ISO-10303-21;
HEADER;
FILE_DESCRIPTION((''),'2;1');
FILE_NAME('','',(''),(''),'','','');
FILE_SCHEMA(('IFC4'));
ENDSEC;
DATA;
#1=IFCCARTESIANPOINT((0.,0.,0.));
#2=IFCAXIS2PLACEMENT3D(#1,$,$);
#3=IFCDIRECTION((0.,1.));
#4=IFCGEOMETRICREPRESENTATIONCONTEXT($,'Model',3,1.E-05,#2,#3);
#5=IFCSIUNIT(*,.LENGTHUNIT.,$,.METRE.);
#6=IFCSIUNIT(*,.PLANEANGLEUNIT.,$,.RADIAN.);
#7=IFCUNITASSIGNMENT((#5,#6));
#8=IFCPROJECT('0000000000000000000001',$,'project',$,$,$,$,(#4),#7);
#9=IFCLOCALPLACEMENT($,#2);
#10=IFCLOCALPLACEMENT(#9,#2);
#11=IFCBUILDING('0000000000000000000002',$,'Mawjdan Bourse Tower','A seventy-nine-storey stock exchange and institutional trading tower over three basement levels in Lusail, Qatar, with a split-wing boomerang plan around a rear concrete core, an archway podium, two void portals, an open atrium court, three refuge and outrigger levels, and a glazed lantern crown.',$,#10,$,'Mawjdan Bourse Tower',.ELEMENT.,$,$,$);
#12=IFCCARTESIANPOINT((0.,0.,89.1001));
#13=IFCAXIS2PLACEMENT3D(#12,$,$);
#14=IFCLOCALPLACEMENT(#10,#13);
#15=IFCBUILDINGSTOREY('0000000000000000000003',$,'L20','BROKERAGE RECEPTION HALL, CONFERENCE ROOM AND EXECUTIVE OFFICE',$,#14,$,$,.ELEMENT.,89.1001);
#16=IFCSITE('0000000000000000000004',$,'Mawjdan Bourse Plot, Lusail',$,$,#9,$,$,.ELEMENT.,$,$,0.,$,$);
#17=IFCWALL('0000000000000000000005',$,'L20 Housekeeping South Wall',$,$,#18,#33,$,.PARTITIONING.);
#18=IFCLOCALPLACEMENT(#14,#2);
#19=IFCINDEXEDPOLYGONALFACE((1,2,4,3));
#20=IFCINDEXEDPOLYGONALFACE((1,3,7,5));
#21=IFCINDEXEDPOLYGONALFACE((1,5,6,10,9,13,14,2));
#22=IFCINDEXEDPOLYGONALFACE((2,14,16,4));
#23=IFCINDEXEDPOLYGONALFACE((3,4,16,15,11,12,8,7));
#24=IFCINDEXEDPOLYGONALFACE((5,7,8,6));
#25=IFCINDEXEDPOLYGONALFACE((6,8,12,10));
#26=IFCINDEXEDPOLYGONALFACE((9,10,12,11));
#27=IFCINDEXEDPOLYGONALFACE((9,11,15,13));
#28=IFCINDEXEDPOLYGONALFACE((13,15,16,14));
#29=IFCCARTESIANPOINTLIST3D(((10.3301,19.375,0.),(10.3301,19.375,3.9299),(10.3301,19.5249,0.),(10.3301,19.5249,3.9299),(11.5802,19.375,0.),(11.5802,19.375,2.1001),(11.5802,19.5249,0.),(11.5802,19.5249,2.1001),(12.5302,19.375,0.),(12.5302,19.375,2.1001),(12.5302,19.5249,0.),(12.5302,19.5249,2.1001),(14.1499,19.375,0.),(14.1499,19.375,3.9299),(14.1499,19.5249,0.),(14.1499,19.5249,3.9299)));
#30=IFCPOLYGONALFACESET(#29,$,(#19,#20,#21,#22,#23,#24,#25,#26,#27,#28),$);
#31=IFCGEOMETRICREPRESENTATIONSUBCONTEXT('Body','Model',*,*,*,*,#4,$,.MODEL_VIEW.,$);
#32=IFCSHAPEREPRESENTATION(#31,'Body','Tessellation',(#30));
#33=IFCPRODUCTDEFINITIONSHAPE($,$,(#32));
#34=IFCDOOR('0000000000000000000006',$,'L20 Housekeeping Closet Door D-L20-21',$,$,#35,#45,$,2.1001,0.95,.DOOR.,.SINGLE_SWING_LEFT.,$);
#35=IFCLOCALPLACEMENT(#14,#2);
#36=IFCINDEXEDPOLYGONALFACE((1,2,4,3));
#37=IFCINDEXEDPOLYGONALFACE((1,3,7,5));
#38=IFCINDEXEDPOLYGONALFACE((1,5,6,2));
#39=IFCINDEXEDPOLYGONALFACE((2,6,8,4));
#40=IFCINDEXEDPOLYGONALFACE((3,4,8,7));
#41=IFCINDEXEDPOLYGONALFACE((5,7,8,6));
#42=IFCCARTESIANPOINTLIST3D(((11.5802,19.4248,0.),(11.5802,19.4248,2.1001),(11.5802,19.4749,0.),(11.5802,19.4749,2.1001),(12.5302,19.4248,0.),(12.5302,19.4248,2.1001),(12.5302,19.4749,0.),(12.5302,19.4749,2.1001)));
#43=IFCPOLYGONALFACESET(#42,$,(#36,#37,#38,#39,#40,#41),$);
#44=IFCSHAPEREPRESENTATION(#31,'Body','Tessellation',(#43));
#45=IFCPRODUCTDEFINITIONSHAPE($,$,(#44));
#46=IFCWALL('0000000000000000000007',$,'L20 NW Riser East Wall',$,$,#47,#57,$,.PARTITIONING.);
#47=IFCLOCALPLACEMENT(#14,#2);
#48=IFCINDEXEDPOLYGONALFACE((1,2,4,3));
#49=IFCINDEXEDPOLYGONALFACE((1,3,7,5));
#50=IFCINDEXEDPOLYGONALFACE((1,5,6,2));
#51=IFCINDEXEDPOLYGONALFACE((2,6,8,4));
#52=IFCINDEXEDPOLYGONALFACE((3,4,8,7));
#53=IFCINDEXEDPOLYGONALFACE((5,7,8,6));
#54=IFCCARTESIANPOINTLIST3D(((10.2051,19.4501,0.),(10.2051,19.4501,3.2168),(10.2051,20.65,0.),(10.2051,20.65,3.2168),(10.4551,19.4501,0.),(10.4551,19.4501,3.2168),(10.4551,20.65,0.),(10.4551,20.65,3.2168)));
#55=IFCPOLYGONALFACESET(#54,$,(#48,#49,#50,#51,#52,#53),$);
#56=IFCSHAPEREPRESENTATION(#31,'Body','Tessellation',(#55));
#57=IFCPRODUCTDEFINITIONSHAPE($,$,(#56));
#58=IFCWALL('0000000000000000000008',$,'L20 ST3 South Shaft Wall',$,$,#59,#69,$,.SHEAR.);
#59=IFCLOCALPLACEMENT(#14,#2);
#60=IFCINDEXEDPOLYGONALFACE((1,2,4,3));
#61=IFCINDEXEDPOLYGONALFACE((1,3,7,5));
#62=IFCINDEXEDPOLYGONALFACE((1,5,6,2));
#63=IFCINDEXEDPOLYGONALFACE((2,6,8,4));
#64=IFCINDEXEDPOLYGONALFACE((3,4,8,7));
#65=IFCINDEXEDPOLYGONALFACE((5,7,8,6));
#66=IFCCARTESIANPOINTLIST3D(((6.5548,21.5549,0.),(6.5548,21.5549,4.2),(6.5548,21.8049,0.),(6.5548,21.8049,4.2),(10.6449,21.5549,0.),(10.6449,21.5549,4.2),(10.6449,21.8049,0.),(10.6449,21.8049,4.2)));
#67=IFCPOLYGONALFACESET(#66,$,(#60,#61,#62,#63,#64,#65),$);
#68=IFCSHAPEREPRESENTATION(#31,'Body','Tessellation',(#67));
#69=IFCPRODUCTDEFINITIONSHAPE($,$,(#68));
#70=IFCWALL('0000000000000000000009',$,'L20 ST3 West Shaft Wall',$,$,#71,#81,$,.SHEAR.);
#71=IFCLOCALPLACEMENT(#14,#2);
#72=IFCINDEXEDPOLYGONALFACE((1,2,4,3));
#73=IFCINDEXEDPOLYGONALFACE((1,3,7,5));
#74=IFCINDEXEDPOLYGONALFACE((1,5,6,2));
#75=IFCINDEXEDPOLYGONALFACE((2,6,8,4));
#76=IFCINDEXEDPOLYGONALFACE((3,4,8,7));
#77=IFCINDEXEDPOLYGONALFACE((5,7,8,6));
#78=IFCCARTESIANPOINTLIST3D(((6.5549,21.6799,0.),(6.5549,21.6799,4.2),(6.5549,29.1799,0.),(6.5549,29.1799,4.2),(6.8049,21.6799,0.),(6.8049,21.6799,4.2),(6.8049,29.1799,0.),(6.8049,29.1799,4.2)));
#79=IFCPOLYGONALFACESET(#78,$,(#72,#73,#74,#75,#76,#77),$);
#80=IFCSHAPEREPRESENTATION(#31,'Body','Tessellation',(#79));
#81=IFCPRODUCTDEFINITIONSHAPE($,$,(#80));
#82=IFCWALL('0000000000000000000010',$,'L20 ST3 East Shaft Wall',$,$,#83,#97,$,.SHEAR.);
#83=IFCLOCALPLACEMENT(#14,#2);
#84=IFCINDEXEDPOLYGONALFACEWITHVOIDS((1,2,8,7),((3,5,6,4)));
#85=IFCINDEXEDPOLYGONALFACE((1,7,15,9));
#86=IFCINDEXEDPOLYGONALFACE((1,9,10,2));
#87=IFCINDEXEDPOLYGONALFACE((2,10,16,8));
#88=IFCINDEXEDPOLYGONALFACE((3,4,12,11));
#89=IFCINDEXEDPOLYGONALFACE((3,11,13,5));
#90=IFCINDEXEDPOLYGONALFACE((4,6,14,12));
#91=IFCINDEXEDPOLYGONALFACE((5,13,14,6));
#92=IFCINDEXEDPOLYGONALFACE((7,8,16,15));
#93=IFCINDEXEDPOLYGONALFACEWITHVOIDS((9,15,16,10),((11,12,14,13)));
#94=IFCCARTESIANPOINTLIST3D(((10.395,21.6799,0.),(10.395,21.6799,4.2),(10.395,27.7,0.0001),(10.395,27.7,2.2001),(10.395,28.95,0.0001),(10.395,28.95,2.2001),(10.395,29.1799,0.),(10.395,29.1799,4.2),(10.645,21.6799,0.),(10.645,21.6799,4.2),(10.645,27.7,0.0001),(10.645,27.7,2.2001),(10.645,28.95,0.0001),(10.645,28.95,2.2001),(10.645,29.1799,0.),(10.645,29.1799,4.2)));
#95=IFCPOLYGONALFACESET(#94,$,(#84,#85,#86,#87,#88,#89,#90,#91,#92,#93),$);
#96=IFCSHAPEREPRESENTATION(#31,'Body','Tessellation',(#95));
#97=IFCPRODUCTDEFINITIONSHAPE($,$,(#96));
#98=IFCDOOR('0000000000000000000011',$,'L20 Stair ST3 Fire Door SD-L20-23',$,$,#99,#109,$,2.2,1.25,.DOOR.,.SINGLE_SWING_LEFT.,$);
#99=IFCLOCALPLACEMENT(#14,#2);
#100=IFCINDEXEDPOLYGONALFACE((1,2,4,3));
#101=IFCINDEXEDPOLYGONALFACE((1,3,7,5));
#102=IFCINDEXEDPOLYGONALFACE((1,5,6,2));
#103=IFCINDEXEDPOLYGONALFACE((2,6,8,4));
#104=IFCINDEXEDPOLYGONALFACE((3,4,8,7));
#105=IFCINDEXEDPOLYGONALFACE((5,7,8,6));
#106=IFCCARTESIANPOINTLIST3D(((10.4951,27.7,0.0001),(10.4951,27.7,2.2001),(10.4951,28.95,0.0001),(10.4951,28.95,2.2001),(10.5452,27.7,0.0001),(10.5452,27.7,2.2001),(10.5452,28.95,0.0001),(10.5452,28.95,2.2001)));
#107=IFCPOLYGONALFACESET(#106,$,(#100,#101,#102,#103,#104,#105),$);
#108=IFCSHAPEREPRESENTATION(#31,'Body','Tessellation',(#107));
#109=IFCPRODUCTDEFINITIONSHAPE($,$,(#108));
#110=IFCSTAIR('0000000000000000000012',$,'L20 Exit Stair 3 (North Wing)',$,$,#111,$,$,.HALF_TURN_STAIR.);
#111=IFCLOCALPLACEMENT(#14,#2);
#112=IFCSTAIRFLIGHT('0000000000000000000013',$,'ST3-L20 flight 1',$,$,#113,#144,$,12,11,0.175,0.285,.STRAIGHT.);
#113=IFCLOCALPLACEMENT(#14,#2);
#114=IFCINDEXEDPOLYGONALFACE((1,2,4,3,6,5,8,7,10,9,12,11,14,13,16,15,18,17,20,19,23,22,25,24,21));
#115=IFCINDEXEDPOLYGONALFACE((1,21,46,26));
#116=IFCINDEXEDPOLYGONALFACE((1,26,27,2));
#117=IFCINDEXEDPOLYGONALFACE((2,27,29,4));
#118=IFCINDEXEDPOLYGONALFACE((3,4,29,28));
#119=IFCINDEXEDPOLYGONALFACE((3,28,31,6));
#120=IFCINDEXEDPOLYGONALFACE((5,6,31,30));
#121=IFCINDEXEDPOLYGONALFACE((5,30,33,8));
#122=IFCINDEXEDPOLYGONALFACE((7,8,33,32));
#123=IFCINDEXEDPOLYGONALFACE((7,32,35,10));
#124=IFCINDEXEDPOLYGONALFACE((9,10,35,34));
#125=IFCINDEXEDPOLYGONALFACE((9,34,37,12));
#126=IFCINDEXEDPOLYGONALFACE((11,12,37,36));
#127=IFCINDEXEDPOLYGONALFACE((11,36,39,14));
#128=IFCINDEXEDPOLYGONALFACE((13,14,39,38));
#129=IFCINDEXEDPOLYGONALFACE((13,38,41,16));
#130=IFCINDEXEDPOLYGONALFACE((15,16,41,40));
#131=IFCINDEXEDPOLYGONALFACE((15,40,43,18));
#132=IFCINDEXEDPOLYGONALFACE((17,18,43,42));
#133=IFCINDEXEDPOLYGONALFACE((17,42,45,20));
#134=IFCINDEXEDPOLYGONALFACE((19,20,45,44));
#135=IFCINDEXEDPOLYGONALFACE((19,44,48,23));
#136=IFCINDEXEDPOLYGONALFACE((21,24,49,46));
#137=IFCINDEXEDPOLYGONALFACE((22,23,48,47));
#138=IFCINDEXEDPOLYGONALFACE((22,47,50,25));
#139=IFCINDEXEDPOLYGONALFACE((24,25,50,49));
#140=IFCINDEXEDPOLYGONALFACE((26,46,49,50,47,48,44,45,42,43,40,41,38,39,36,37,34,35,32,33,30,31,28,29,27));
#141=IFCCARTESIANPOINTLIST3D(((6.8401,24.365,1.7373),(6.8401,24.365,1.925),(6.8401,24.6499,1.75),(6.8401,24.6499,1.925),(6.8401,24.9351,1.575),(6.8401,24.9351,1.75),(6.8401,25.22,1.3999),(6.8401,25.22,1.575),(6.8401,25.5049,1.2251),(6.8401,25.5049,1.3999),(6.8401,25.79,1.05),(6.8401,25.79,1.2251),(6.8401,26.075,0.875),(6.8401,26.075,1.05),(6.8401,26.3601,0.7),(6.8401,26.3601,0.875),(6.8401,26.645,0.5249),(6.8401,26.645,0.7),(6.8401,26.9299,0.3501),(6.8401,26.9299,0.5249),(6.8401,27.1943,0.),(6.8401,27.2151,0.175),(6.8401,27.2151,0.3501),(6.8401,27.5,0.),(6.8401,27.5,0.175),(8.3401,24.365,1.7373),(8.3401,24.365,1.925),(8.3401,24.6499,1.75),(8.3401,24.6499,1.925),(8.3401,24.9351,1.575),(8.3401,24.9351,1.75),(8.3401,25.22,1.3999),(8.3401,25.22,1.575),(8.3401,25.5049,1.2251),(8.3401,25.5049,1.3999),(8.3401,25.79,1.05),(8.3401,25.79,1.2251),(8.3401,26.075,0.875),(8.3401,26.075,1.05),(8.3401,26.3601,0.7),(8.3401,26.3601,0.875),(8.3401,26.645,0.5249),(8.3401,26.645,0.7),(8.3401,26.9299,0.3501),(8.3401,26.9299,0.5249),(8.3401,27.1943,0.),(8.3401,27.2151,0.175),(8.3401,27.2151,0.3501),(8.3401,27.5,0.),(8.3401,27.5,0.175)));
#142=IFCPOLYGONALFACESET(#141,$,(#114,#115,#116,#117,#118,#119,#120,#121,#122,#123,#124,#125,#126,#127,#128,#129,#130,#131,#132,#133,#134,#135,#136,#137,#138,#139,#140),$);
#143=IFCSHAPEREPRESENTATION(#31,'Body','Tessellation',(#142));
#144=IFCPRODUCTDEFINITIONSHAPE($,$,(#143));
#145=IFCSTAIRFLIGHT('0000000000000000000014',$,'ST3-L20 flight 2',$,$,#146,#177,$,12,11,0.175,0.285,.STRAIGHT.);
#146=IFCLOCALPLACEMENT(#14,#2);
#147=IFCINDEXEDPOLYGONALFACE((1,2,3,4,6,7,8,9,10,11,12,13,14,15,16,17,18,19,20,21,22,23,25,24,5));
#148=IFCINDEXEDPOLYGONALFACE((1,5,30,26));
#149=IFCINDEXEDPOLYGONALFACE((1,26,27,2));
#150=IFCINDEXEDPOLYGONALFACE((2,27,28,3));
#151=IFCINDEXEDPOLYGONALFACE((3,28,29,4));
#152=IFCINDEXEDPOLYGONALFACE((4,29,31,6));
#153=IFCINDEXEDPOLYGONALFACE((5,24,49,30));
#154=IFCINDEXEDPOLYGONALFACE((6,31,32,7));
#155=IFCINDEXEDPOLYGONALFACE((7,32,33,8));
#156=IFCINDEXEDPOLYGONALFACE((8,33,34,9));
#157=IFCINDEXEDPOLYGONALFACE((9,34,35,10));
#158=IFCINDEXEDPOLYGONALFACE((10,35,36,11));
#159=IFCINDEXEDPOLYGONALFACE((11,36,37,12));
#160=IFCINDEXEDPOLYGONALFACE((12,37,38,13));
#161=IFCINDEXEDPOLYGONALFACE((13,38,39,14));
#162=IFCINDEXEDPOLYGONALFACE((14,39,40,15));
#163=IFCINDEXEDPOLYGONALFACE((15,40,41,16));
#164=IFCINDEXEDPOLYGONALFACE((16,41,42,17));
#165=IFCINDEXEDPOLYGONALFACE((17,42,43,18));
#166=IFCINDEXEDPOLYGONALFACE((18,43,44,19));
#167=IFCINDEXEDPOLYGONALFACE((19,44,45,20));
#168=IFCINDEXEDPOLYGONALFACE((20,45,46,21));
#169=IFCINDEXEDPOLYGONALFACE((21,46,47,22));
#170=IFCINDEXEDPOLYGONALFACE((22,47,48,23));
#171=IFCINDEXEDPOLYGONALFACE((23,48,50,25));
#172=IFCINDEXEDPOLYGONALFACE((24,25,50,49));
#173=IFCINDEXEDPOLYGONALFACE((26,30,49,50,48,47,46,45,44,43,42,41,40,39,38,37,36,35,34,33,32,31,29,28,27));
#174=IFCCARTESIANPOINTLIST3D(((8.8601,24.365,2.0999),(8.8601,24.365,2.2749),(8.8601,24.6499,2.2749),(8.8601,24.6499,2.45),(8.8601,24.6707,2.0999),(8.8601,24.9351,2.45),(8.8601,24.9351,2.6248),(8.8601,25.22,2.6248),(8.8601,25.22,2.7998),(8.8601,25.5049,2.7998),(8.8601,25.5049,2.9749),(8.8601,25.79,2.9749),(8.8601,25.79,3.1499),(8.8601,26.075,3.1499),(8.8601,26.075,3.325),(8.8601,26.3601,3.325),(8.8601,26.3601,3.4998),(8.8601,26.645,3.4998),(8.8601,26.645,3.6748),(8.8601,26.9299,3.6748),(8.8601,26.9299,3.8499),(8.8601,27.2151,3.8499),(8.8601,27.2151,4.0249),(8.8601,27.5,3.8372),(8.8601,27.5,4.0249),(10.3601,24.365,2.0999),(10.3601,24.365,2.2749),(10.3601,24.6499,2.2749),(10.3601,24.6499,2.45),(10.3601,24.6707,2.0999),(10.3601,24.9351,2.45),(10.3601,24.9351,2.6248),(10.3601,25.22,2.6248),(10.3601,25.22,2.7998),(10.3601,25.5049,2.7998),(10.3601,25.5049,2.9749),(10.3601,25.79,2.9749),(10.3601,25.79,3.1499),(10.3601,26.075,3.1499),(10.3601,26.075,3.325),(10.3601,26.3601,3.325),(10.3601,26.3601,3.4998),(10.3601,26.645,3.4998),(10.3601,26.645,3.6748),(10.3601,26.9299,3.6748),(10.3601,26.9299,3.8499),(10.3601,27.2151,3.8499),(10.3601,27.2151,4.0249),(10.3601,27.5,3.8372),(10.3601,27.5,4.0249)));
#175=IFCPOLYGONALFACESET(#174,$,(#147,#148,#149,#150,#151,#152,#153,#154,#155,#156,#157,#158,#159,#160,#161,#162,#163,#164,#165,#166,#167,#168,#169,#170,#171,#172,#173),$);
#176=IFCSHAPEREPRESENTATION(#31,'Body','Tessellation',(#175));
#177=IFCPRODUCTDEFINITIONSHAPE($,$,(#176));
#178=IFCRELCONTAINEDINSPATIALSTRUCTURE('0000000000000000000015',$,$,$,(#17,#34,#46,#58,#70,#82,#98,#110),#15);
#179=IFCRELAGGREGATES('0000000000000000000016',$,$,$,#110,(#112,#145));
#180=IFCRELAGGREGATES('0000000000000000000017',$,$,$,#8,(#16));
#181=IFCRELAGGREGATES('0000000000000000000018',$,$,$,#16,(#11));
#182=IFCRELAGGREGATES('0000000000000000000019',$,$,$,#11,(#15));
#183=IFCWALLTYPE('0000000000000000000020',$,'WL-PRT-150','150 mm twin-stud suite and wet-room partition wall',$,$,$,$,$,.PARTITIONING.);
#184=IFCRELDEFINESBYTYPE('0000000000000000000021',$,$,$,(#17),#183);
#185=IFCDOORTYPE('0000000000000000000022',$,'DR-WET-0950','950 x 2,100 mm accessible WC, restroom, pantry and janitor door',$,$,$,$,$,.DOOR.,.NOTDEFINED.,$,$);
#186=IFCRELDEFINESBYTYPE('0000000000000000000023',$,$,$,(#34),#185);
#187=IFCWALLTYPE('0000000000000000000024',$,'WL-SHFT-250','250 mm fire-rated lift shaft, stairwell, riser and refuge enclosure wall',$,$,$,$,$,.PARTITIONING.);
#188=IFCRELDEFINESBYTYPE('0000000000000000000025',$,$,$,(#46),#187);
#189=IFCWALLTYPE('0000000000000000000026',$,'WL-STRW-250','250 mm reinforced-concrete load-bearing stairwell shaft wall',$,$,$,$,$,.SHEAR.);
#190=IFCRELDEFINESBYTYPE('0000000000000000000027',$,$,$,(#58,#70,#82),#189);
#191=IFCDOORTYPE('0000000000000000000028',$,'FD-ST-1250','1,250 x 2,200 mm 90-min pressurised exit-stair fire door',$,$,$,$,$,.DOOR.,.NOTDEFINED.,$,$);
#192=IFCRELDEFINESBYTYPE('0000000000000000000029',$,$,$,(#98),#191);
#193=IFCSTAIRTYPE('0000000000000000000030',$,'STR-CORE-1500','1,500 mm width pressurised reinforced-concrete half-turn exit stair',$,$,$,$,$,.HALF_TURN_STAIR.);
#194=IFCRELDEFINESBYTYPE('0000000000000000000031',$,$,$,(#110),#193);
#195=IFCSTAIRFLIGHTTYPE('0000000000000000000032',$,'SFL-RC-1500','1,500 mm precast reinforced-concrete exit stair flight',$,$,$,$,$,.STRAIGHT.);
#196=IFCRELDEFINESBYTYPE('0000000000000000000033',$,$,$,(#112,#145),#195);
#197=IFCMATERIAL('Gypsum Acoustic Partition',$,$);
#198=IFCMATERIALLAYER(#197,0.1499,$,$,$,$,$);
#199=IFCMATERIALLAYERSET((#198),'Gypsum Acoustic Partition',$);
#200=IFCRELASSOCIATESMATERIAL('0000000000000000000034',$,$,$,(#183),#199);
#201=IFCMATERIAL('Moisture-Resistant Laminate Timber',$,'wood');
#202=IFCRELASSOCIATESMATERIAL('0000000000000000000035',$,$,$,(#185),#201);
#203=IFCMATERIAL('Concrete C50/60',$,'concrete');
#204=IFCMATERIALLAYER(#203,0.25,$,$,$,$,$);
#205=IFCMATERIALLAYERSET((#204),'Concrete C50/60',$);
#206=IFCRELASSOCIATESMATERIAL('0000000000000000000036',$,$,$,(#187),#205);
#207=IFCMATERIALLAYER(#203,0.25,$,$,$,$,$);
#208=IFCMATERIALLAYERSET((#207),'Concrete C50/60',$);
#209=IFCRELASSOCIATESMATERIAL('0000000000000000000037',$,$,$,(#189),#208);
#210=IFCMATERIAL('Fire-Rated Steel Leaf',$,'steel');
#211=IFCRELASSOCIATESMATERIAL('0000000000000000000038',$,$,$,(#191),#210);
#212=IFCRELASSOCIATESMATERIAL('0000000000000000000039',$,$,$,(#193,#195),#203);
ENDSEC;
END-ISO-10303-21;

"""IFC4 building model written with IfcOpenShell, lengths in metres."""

from ifc_helpers import new_model, si_unit, direction, frame, frame_2d, origin, place, context, subcontext, project, spatial, polyline, rectangle, outline, extrude, material, layer, layer_set, type_object, element, fill, aggregate, save


model = new_model("IFC4")

# Units and contexts
model_context = context("Model", 3, precision=1e-05, world=origin(), true_north=direction((0.0, 1.0)))
body_context = subcontext(model_context, "Body", "Model", "MODEL_VIEW")
ifc_project = project(units=[si_unit("LENGTHUNIT", "METRE"), si_unit("PLANEANGLEUNIT", "RADIAN")], contexts=[model_context])

# Site, building, storey
site_placement = place(None, origin())
site = spatial("IfcSite", under=ifc_project, at=site_placement, Name="Mawjdan Bourse Plot, Lusail", CompositionType="ELEMENT", RefElevation=0.0)
building_placement = place(site_placement, origin())
building = spatial("IfcBuilding", under=site, at=building_placement, Name="Mawjdan Bourse Tower", Description="A seventy-nine-storey stock exchange and institutional trading tower over three basement levels in Lusail, Qatar, with a split-wing boomerang plan around a rear concrete core, an archway podium, two void portals, an open atrium court, three refuge and outrigger levels, and a glazed lantern crown.", LongName="Mawjdan Bourse Tower", CompositionType="ELEMENT")
storey_placement = place(building_placement, frame((0.0, 0.0, 89.1001)))
storey = spatial("IfcBuildingStorey", under=building, at=storey_placement, Name="L20", Description="BROKERAGE RECEPTION HALL, CONFERENCE ROOM AND EXECUTIVE OFFICE", CompositionType="ELEMENT", Elevation=89.1001)

# Wall, opening, door
ifc_material_1 = material(Name="Gypsum Acoustic Partition")
ifc_layer_1 = layer(ifc_material_1, 0.1499)
ifc_layer_set_1 = layer_set([ifc_layer_1], Name="Gypsum Acoustic Partition")
wall_type_1 = type_object("IfcWallType", Name="WL-PRT-150", Description="150 mm twin-stud suite and wet-room partition wall", PredefinedType="PARTITIONING", material=ifc_layer_set_1)
wall_1_placement = place(storey_placement, frame((10.3301, 19.45, 0.0), z_axis=(0.0, 0.0, 1.0), x_axis=(1.0, 0.0, 0.0)))
wall_1 = element("IfcWall", 1, at=wall_1_placement, inside=storey, type_object=wall_type_1, Name="L20 Housekeeping South Wall", PredefinedType="PARTITIONING", context=body_context, shape_type="SweptSolid", body=[
    extrude(rectangle(XDim=3.8198, YDim=0.1499, at=frame_2d((1.9099, 0.0))), origin(), (0.0, 0.0, 1.0), 3.9299),
])
opening_1_placement = place(wall_1_placement, frame((1.25, 0.0, 0.0)))
opening_1 = element("IfcOpeningElement", 2, at=opening_1_placement, cuts=wall_1, PredefinedType="OPENING", context=body_context, shape_type="SweptSolid", body=[
    extrude(rectangle(XDim=0.95, YDim=2.1001, at=frame_2d((0.4751, 1.05))), frame((0.0, 0.085, 0.0), z_axis=(0.0, -1.0, 0.0), x_axis=(1.0, 0.0, 0.0)), (0.0, 0.0, 1.0), 0.1699),
])
ifc_material_2 = material(Name="Moisture-Resistant Laminate Timber", Category="wood")
door_type_1 = type_object("IfcDoorType", Name="DR-WET-0950", Description="950 x 2,100 mm accessible WC, restroom, pantry and janitor door", OperationType="NOTDEFINED", PredefinedType="DOOR", material=ifc_material_2)
door_1_placement = place(opening_1_placement, origin())
door_1 = element("IfcDoor", 3, at=door_1_placement, inside=storey, type_object=door_type_1, Name="L20 Housekeeping Closet Door D-L20-21", OperationType="SINGLE_SWING_LEFT", OverallHeight=2.1001, OverallWidth=0.95, PredefinedType="DOOR", context=body_context, shape_type="SweptSolid", body=[
    extrude(rectangle(XDim=0.95, YDim=2.1001, at=frame_2d((0.4751, 1.05))), frame((0.0, 0.0249, 0.0), z_axis=(0.0, -1.0, 0.0), x_axis=(1.0, 0.0, 0.0)), (0.0, 0.0, 1.0), 0.05),
])
fill(opening_1, door_1)

# Walls
ifc_material_3 = material(Name="Concrete C50/60", Category="concrete")
ifc_layer_2 = layer(ifc_material_3, 0.25)
ifc_layer_set_2 = layer_set([ifc_layer_2], Name="Concrete C50/60")
wall_type_2 = type_object("IfcWallType", Name="WL-SHFT-250", Description="250 mm fire-rated lift shaft, stairwell, riser and refuge enclosure wall", PredefinedType="PARTITIONING", material=ifc_layer_set_2)
wall_2_placement = place(storey_placement, frame((10.3301, 19.45, 0.0), z_axis=(0.0, 0.0, 1.0), x_axis=(0.0, 1.0, 0.0)))
element("IfcWall", 4, at=wall_2_placement, inside=storey, type_object=wall_type_2, Name="L20 NW Riser East Wall", PredefinedType="PARTITIONING", context=body_context, shape_type="SweptSolid", body=[
    extrude(rectangle(XDim=1.2, YDim=0.25, at=frame_2d((0.6001, 0.0))), origin(), (0.0, 0.0, 1.0), 3.2168),
])
ifc_layer_3 = layer(ifc_material_3, 0.25)
ifc_layer_set_3 = layer_set([ifc_layer_3], Name="Concrete C50/60")
wall_type_3 = type_object("IfcWallType", Name="WL-STRW-250", Description="250 mm reinforced-concrete load-bearing stairwell shaft wall", PredefinedType="SHEAR", material=ifc_layer_set_3)
wall_3_placement = place(storey_placement, frame((6.5549, 21.6799, 0.0), z_axis=(0.0, 0.0, 1.0), x_axis=(1.0, 0.0, 0.0)))
element("IfcWall", 5, at=wall_3_placement, inside=storey, type_object=wall_type_3, Name="L20 ST3 South Shaft Wall", PredefinedType="SHEAR", context=body_context, shape_type="SweptSolid", body=[
    extrude(rectangle(XDim=4.0901, YDim=0.25, at=frame_2d((2.0449, 0.0))), origin(), (0.0, 0.0, 1.0), 4.2),
])
wall_4_placement = place(storey_placement, frame((6.6799, 21.6799, 0.0), z_axis=(0.0, 0.0, 1.0), x_axis=(0.0, 1.0, 0.0)))
element("IfcWall", 6, at=wall_4_placement, inside=storey, type_object=wall_type_3, Name="L20 ST3 West Shaft Wall", PredefinedType="SHEAR", context=body_context, shape_type="SweptSolid", body=[
    extrude(rectangle(XDim=7.5, YDim=0.25, at=frame_2d((3.75, 0.0))), origin(), (0.0, 0.0, 1.0), 4.2),
])

# Wall, opening, door
wall_5_placement = place(storey_placement, frame((10.52, 21.6799, 0.0), z_axis=(0.0, 0.0, 1.0), x_axis=(0.0, 1.0, 0.0)))
wall_5 = element("IfcWall", 7, at=wall_5_placement, inside=storey, type_object=wall_type_3, Name="L20 ST3 East Shaft Wall", PredefinedType="SHEAR", context=body_context, shape_type="SweptSolid", body=[
    extrude(rectangle(XDim=7.5, YDim=0.25, at=frame_2d((3.75, 0.0))), origin(), (0.0, 0.0, 1.0), 4.2),
])
opening_2_placement = place(wall_5_placement, frame((6.02, 0.0, 0.0)))
opening_2 = element("IfcOpeningElement", 8, at=opening_2_placement, cuts=wall_5, PredefinedType="OPENING", context=body_context, shape_type="SweptSolid", body=[
    extrude(rectangle(XDim=1.25, YDim=2.2, at=frame_2d((0.625, 1.1001))), frame((0.0, 0.135, 0.0), z_axis=(0.0, -1.0, 0.0), x_axis=(1.0, 0.0, 0.0)), (0.0, 0.0, 1.0), 0.27),
])
ifc_material_4 = material(Name="Fire-Rated Steel Leaf", Category="steel")
door_type_2 = type_object("IfcDoorType", Name="FD-ST-1250", Description="1,250 x 2,200 mm 90-min pressurised exit-stair fire door", OperationType="NOTDEFINED", PredefinedType="DOOR", material=ifc_material_4)
door_2_placement = place(opening_2_placement, origin())
door_2 = element("IfcDoor", 9, at=door_2_placement, inside=storey, type_object=door_type_2, Name="L20 Stair ST3 Fire Door SD-L20-23", OperationType="SINGLE_SWING_LEFT", OverallHeight=2.2, OverallWidth=1.25, PredefinedType="DOOR", context=body_context, shape_type="SweptSolid", body=[
    extrude(rectangle(XDim=1.25, YDim=2.2, at=frame_2d((0.625, 1.1001))), frame((0.0, 0.0249, 0.0), z_axis=(0.0, -1.0, 0.0), x_axis=(1.0, 0.0, 0.0)), (0.0, 0.0, 1.0), 0.05),
])
fill(opening_2, door_2)

# Stair, stair flights
stair_type = type_object("IfcStairType", Name="STR-CORE-1500", Description="1,500 mm width pressurised reinforced-concrete half-turn exit stair", PredefinedType="HALF_TURN_STAIR", material=ifc_material_3)
stair_placement = place(storey_placement, origin())
stair = element("IfcStair", 10, at=stair_placement, inside=storey, type_object=stair_type, Name="L20 Exit Stair 3 (North Wing)", PredefinedType="HALF_TURN_STAIR")
stair_flight_type = type_object("IfcStairFlightType", Name="SFL-RC-1500", Description="1,500 mm precast reinforced-concrete exit stair flight", PredefinedType="STRAIGHT", material=ifc_material_3)
stair_flight_1_placement = place(storey_placement, frame((7.5901, 27.5, 0.0), z_axis=(0.0, 0.0, 1.0), x_axis=(0.0, -1.0, 0.0)))
stair_flight_1 = element("IfcStairFlight", 11, at=stair_flight_1_placement, type_object=stair_flight_type, Name="ST3-L20 flight 1", NumberOfRisers=12, NumberOfTreads=11, PredefinedType="STRAIGHT", RiserHeight=0.175, TreadLength=0.285, context=body_context, shape_type="SweptSolid", body=[
    extrude(outline(polyline([(0.0, 0.0), (0.0, 0.175), (0.2849, 0.175), (0.2849, 0.3501), (0.5701, 0.3501), (0.5701, 0.5249), (0.855, 0.5249), (0.855, 0.7), (1.1399, 0.7), (1.1399, 0.875), (1.425, 0.875), (1.425, 1.05), (1.71, 1.05), (1.71, 1.2251), (1.9951, 1.2251), (1.9951, 1.3999), (2.28, 1.3999), (2.28, 1.575), (2.5649, 1.575), (2.5649, 1.75), (2.8501, 1.75), (2.8501, 1.925), (3.135, 1.925), (3.135, 2.1001), (3.135, 1.7373), (0.3057, 0.0), (0.0, 0.0)])), frame((0.0, 0.75, 0.0), z_axis=(0.0, -1.0, 0.0), x_axis=(1.0, 0.0, 0.0)), (0.0, 0.0, 1.0), 1.5),
])
stair_flight_2_placement = place(storey_placement, frame((9.6101, 24.365, 2.0999), z_axis=(0.0, 0.0, 1.0), x_axis=(0.0, 1.0, 0.0)))
stair_flight_2 = element("IfcStairFlight", 12, at=stair_flight_2_placement, type_object=stair_flight_type, Name="ST3-L20 flight 2", NumberOfRisers=12, NumberOfTreads=11, PredefinedType="STRAIGHT", RiserHeight=0.175, TreadLength=0.285, context=body_context, shape_type="SweptSolid", body=[
    extrude(outline(polyline([(0.0, 0.0), (0.0, 0.175), (0.2849, 0.175), (0.2849, 0.3501), (0.5701, 0.3501), (0.5701, 0.5249), (0.855, 0.5249), (0.855, 0.7), (1.1399, 0.7), (1.1399, 0.875), (1.425, 0.875), (1.425, 1.05), (1.71, 1.05), (1.71, 1.2251), (1.9951, 1.2251), (1.9951, 1.3999), (2.28, 1.3999), (2.28, 1.575), (2.5649, 1.575), (2.5649, 1.75), (2.8501, 1.75), (2.8501, 1.925), (3.135, 1.925), (3.135, 2.1001), (3.135, 1.7373), (0.3057, 0.0), (0.0, 0.0)])), frame((0.0, 0.75, 0.0), z_axis=(0.0, -1.0, 0.0), x_axis=(1.0, 0.0, 0.0)), (0.0, 0.0, 1.0), 1.5),
])
aggregate(stair, [stair_flight_1, stair_flight_2])

save(model, "model.ifc")
